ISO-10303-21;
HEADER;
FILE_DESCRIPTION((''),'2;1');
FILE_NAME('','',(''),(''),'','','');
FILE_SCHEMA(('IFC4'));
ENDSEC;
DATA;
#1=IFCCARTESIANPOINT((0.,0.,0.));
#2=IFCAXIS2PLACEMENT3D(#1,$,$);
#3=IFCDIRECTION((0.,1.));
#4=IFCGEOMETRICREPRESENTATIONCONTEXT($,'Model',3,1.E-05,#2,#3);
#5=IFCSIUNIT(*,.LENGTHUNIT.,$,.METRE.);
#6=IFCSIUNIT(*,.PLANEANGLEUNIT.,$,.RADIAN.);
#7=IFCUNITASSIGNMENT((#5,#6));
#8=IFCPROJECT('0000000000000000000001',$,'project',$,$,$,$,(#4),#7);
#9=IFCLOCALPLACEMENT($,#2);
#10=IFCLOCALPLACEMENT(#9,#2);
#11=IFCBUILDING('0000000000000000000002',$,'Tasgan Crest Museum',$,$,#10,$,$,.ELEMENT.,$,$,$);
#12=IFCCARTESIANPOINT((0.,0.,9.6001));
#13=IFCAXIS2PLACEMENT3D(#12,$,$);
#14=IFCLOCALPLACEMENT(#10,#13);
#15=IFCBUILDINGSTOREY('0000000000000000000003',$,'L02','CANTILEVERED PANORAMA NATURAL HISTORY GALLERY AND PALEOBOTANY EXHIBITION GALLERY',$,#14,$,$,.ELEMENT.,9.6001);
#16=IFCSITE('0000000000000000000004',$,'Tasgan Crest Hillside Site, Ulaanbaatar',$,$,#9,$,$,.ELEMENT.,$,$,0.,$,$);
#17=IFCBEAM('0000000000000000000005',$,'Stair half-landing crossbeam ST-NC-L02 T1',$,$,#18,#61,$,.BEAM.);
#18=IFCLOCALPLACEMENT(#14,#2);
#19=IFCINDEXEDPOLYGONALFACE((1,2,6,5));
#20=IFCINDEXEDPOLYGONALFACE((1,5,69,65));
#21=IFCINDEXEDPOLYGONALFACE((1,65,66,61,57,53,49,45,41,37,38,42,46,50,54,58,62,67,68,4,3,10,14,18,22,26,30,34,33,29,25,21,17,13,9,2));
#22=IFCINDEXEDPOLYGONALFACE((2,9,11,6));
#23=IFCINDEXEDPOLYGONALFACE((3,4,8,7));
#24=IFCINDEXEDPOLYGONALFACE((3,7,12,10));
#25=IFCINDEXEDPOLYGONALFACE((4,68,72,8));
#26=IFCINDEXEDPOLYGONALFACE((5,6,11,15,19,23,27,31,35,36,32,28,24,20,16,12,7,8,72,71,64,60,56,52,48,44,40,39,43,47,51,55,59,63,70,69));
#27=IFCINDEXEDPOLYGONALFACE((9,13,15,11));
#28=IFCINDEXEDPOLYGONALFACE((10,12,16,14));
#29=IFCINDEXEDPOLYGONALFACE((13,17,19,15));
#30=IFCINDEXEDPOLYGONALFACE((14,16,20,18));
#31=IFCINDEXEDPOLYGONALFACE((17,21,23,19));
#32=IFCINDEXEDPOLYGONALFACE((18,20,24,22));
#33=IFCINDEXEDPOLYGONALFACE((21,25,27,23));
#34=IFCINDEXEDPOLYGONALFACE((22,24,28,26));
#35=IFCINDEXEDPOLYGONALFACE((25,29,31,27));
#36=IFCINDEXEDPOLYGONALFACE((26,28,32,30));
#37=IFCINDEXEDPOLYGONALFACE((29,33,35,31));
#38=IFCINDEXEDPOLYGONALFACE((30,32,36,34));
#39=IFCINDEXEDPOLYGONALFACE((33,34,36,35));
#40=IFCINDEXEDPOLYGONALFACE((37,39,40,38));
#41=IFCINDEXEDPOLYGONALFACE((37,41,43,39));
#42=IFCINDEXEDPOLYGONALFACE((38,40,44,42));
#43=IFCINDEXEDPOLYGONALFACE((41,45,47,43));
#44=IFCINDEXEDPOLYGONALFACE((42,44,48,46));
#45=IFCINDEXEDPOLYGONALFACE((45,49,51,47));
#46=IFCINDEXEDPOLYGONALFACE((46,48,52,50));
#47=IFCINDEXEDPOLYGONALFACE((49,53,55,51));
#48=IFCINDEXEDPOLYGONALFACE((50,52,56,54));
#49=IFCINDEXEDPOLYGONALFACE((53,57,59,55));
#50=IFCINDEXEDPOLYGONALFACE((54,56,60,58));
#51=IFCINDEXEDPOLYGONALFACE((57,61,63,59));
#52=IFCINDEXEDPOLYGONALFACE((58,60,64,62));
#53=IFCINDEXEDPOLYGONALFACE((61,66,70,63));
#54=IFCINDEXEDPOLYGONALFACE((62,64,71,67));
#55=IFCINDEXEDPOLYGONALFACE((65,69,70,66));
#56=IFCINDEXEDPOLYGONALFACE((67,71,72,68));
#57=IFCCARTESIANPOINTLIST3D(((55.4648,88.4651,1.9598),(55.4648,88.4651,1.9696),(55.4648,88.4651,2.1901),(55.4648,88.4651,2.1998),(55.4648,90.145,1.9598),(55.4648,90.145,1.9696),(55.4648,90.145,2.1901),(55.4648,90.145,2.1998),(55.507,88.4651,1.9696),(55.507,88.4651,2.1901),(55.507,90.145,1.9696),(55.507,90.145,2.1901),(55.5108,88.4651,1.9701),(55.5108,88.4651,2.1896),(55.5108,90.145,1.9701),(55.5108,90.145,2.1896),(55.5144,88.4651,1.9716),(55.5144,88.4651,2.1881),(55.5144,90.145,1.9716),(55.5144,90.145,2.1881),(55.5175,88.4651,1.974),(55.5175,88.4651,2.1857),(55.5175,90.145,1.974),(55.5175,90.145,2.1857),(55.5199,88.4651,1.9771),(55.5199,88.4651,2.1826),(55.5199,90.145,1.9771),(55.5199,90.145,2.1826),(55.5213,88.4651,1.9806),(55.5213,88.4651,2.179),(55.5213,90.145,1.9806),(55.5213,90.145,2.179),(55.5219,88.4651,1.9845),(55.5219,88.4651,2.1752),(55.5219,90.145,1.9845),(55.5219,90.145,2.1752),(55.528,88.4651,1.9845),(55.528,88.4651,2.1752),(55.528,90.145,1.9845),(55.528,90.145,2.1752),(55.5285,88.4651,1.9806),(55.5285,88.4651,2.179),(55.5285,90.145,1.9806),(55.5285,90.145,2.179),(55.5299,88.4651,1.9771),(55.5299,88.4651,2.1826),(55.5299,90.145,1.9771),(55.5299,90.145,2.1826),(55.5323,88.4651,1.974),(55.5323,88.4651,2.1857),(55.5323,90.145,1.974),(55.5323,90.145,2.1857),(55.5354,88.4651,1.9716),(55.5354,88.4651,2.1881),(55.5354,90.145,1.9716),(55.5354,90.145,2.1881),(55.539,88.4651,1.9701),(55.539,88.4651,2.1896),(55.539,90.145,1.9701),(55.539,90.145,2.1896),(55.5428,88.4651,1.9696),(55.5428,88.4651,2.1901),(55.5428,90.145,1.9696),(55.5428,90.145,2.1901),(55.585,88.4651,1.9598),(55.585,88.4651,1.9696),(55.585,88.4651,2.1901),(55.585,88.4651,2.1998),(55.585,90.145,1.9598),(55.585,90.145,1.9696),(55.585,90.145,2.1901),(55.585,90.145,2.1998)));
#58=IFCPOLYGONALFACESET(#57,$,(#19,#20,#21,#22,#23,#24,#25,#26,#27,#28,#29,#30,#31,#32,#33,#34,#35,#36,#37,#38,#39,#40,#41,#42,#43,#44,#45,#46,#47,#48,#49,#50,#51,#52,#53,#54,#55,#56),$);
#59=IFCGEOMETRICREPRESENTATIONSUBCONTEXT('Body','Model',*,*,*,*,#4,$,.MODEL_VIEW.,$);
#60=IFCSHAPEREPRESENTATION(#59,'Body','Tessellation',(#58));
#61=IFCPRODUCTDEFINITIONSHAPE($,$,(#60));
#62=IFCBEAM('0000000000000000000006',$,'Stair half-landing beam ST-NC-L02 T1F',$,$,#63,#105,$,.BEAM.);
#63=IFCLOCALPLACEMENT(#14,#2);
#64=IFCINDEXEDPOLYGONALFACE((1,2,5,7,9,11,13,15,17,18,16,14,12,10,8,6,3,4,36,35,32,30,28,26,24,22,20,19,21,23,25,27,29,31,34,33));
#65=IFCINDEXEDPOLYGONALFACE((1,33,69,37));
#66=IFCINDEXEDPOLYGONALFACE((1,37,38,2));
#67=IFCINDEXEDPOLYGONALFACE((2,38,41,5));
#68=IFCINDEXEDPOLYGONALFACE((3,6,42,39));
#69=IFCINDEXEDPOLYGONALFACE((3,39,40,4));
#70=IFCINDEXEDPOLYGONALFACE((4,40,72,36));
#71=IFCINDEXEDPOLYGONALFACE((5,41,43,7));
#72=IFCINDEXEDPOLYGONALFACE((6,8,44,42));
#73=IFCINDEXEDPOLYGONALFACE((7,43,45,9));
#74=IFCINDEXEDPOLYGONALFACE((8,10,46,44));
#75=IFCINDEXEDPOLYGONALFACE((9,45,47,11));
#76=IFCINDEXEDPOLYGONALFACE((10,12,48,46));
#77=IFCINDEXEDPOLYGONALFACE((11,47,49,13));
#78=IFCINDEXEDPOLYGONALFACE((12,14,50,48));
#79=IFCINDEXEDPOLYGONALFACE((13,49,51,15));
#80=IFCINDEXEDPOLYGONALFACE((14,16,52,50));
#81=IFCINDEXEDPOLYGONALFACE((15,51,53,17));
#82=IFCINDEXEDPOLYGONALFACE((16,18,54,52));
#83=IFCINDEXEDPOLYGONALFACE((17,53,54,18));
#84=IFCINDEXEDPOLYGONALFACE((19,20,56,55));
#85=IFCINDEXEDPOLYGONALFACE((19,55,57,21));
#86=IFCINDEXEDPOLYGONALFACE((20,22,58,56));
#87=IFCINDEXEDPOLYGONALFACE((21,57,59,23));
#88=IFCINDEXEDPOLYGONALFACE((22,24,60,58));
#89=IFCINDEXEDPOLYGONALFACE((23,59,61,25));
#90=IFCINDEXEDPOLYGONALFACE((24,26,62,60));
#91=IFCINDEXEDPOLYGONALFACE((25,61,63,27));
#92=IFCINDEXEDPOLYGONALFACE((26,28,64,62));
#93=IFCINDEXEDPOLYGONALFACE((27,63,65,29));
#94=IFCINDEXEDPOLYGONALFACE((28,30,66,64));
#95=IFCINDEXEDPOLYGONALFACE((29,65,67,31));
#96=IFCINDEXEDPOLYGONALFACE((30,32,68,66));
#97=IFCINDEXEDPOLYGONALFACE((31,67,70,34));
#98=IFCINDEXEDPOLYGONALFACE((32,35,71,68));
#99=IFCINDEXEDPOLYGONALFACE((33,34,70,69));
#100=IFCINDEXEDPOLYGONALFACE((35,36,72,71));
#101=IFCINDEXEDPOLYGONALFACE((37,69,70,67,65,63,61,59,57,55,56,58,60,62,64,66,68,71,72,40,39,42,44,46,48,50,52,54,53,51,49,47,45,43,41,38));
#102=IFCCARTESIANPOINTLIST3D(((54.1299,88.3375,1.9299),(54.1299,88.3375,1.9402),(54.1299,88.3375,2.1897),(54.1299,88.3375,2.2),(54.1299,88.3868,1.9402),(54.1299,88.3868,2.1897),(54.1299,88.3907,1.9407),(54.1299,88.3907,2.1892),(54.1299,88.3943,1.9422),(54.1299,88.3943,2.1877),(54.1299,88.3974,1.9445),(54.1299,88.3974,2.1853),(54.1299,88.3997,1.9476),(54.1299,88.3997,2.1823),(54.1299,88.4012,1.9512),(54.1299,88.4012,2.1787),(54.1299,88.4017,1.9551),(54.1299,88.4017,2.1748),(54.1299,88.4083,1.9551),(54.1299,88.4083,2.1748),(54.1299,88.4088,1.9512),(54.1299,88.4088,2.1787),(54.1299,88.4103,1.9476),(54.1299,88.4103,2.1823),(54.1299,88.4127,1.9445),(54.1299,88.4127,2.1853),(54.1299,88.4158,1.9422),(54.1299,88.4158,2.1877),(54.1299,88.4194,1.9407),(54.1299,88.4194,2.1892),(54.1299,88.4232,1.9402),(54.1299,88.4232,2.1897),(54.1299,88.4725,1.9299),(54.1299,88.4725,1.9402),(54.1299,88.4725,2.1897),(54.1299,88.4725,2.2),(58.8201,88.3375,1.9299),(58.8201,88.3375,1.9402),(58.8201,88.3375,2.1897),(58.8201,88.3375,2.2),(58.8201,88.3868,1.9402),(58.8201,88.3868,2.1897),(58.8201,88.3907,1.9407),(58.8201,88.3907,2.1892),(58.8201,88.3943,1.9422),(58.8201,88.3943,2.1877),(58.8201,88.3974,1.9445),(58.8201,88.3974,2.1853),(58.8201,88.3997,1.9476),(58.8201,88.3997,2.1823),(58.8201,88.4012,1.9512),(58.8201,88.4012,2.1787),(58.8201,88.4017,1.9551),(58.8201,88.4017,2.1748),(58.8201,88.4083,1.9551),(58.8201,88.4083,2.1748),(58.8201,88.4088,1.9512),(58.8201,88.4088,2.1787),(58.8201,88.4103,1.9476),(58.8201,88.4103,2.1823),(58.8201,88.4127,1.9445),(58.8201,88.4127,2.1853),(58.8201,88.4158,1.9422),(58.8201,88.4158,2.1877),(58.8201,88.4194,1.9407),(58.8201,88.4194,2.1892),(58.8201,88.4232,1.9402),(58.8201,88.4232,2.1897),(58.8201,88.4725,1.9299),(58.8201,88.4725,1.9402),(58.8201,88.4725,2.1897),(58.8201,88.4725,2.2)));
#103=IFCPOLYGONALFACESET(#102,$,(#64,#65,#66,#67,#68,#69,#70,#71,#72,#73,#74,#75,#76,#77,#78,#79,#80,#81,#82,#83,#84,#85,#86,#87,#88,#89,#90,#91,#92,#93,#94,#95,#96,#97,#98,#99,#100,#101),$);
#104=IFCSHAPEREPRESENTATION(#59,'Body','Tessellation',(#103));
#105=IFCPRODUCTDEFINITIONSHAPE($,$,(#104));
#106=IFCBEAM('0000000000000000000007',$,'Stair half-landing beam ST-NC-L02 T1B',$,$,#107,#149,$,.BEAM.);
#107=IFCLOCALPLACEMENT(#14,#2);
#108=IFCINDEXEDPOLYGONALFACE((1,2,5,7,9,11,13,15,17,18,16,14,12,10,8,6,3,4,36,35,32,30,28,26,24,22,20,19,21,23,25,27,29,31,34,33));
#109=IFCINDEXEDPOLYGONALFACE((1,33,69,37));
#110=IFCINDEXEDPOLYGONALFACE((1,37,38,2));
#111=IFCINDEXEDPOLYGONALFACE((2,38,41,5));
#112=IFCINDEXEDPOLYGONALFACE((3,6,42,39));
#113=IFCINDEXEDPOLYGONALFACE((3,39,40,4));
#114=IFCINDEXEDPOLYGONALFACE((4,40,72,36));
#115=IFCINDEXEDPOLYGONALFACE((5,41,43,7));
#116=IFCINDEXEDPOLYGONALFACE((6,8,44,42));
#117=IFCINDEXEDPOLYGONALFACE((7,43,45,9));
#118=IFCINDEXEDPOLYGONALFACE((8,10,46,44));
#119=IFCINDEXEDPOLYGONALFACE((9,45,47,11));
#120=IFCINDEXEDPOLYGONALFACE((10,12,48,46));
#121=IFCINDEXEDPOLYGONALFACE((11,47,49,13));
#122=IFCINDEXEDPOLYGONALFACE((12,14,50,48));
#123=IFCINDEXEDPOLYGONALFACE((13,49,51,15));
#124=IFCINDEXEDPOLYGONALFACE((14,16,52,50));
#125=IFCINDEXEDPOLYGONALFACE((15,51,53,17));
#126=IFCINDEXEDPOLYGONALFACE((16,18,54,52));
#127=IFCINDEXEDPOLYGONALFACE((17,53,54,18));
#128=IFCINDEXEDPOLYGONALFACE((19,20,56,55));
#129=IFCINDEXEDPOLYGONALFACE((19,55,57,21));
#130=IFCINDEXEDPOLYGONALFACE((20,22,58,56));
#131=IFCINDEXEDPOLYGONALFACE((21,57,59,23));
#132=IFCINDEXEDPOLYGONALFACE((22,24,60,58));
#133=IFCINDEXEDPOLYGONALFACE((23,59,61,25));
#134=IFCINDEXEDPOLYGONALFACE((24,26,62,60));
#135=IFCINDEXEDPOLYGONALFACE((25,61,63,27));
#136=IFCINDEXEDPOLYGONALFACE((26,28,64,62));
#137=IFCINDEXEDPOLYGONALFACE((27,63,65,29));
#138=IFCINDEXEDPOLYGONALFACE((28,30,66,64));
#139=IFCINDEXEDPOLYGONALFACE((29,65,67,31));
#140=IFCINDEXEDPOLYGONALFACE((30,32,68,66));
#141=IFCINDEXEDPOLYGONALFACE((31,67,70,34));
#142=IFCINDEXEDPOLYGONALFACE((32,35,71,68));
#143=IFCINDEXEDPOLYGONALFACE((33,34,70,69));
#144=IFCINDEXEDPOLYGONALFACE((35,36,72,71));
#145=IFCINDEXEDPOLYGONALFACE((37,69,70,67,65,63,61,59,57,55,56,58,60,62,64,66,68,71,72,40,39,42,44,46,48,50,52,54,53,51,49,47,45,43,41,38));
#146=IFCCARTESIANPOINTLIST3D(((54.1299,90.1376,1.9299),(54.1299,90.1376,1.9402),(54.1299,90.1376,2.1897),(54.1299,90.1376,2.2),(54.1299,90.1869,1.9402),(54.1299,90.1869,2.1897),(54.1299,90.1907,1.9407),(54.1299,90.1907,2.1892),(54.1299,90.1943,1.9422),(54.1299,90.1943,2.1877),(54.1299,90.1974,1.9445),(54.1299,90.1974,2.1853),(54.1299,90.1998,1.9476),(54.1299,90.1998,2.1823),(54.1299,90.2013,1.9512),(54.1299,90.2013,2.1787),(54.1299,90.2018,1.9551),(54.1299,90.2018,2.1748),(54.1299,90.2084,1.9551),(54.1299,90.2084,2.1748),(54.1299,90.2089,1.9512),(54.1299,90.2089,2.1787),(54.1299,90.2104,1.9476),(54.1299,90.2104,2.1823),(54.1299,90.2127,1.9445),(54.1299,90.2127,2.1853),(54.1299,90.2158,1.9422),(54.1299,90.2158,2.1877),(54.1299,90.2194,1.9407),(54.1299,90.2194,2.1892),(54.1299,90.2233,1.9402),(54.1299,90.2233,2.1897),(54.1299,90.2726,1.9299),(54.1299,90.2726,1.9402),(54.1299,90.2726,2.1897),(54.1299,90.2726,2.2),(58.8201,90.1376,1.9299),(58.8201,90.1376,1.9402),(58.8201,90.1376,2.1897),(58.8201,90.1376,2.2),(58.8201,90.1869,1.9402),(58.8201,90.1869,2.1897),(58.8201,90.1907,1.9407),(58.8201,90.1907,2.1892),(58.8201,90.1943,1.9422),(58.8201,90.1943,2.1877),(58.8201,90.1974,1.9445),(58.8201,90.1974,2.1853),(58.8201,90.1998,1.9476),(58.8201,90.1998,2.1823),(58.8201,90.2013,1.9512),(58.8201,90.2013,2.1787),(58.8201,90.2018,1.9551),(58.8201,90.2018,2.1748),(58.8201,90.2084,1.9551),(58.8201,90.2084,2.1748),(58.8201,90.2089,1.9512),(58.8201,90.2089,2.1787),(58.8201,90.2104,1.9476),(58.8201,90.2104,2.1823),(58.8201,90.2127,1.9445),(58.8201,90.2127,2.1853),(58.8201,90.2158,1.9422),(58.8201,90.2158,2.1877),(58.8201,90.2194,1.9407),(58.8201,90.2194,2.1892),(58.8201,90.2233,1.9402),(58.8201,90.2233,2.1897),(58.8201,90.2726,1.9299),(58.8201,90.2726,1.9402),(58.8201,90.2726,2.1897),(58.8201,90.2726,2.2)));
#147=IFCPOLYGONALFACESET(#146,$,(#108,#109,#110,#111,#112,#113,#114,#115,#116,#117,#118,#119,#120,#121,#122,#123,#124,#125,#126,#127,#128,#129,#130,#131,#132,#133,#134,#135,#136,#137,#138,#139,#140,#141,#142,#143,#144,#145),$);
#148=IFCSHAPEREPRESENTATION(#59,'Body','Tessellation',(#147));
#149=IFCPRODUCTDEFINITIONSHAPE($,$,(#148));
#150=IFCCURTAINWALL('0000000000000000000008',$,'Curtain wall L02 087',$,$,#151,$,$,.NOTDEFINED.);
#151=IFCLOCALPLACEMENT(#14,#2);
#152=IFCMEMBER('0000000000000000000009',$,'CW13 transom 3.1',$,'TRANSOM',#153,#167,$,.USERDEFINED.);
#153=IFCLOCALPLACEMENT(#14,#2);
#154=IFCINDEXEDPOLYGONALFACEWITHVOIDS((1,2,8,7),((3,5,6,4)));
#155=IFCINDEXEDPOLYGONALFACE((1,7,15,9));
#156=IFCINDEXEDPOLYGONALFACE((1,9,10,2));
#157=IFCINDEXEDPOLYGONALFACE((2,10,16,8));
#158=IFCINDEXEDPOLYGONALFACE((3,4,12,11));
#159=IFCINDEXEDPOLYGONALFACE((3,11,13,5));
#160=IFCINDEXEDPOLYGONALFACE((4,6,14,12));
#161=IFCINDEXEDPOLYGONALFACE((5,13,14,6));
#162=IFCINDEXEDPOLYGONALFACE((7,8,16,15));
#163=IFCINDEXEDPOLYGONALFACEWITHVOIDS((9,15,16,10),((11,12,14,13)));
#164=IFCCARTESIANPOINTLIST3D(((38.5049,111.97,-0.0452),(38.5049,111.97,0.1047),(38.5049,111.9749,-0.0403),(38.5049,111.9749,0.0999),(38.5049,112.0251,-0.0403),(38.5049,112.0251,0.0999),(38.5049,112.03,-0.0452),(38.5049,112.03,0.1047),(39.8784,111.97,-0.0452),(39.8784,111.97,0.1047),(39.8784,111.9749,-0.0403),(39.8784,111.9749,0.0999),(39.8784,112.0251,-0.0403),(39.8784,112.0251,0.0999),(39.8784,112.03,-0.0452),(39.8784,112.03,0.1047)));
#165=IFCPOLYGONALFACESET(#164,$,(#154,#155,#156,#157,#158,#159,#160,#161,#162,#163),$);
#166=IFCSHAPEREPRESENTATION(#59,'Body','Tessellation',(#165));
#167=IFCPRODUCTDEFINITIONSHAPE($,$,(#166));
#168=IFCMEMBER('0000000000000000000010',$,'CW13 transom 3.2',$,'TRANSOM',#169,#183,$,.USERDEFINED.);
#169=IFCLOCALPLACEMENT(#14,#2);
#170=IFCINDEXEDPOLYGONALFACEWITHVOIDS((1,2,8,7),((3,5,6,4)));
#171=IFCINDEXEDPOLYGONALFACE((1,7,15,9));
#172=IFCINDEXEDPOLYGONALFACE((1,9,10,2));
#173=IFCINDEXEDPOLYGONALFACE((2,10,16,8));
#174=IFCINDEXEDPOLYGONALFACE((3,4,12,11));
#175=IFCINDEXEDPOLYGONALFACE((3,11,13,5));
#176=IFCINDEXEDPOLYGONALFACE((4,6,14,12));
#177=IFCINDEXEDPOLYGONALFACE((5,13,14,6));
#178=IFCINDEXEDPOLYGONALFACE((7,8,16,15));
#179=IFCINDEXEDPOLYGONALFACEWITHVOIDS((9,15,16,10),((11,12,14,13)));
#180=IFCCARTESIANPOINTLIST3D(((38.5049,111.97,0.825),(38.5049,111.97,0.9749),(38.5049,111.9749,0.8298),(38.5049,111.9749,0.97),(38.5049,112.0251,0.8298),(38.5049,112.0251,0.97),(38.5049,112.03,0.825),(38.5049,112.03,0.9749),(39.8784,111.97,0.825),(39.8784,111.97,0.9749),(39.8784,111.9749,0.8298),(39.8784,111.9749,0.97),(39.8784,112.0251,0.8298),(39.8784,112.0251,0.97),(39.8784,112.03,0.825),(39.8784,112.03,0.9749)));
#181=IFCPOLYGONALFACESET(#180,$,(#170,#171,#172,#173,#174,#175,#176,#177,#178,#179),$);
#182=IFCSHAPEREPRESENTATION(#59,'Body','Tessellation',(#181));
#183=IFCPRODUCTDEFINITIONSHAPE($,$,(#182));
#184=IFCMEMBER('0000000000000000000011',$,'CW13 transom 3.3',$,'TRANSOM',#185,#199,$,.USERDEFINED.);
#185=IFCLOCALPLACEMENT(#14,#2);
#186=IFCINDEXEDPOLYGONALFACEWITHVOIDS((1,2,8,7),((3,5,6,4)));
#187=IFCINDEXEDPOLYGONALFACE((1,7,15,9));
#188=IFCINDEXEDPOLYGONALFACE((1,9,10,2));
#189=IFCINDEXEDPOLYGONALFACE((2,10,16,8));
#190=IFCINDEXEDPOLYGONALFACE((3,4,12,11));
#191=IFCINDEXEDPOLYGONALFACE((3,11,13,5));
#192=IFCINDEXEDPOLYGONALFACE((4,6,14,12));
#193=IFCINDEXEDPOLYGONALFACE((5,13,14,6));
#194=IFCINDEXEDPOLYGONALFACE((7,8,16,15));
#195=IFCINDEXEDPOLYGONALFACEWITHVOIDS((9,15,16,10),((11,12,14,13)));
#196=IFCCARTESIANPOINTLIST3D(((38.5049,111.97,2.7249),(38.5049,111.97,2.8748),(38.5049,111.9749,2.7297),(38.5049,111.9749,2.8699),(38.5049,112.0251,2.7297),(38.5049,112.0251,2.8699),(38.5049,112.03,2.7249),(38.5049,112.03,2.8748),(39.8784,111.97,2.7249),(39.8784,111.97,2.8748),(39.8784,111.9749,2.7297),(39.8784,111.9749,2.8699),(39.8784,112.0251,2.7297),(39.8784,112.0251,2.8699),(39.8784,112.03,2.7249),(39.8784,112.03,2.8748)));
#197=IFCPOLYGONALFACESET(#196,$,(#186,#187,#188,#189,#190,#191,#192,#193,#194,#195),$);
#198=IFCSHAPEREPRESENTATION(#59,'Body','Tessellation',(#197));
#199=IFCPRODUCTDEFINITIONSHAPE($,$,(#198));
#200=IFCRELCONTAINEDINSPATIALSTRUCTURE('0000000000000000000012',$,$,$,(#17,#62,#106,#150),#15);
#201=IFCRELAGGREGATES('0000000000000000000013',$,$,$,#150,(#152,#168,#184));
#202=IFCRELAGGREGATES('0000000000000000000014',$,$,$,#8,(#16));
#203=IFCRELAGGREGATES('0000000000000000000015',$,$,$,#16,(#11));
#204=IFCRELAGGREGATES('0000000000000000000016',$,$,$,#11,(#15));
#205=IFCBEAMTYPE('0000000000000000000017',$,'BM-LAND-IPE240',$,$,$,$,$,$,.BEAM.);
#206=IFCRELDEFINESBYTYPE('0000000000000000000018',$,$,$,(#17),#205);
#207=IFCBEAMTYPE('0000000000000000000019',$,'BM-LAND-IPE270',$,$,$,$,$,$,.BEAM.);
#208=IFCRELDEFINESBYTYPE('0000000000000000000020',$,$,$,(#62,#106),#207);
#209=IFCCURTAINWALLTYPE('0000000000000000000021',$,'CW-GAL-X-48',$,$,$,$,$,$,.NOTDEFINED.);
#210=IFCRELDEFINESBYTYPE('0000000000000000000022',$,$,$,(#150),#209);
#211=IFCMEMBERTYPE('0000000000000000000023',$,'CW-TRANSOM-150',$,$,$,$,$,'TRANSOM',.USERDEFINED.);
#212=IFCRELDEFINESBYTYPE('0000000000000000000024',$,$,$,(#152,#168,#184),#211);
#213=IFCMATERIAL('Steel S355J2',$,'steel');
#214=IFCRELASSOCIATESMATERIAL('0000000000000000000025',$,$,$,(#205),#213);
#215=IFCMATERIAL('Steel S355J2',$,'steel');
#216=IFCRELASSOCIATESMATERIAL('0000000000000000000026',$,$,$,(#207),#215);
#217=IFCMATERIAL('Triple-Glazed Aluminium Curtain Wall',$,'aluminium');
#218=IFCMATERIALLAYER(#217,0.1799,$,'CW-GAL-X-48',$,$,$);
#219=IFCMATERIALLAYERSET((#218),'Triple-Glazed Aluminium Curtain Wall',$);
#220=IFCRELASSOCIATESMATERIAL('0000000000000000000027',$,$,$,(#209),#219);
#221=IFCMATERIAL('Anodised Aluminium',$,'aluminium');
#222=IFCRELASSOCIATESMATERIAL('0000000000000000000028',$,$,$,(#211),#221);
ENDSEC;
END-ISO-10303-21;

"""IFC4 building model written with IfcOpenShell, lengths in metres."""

from ifc_helpers import new_model, si_unit, direction, frame, origin, origin_2d, place, context, subcontext, project, spatial, hollow_rectangle, i_section, extrude, material, layer, layer_set, material_profile, profile_set, type_object, element, aggregate, save


model = new_model("IFC4")

# Units and contexts
model_context = context("Model", 3, precision=1e-05, world=origin(), true_north=direction((0.0, 1.0)))
body_context = subcontext(model_context, "Body", "Model", "MODEL_VIEW")
ifc_project = project(units=[si_unit("LENGTHUNIT", "METRE"), si_unit("PLANEANGLEUNIT", "RADIAN")], contexts=[model_context])

# Site, building, storey
site_placement = place(None, origin())
site = spatial("IfcSite", under=ifc_project, at=site_placement, Name="Tasgan Crest Hillside Site, Ulaanbaatar", CompositionType="ELEMENT", RefElevation=0.0)
building_placement = place(site_placement, origin())
building = spatial("IfcBuilding", under=site, at=building_placement, Name="Tasgan Crest Museum", CompositionType="ELEMENT")
storey_placement = place(building_placement, frame((0.0, 0.0, 9.6001)))
storey = spatial("IfcBuildingStorey", under=building, at=storey_placement, Name="L02", Description="CANTILEVERED PANORAMA NATURAL HISTORY GALLERY AND PALEOBOTANY EXHIBITION GALLERY", CompositionType="ELEMENT", Elevation=9.6001)

# Beams
ifc_material_1 = material(Name="Steel S355J2", Category="steel")
ifc_material_profile_1 = material_profile(ifc_material_1, i_section(OverallWidth=0.1201, OverallDepth=0.24, WebThickness=0.0061, FlangeThickness=0.0098, FilletRadius=0.0149, at=origin_2d()), Name="IPE 240")
ifc_profile_set_1 = profile_set([ifc_material_profile_1], Name="Steel S355J2")
beam_type_1 = type_object("IfcBeamType", Name="BM-LAND-IPE240", PredefinedType="BEAM", material=ifc_profile_set_1)
beam_1_placement = place(storey_placement, frame((55.5249, 88.4651, 2.0798), z_axis=(0.0, 1.0, 0.0), x_axis=(-1.0, 0.0, 0.0)))
element("IfcBeam", 1, at=beam_1_placement, inside=storey, type_object=beam_type_1, Name="Stair half-landing crossbeam ST-NC-L02 T1", PredefinedType="BEAM", context=body_context, shape_type="SweptSolid", body=[
    extrude(i_section(OverallWidth=0.1201, OverallDepth=0.24, WebThickness=0.0061, FlangeThickness=0.0098, FilletRadius=0.0149, at=origin_2d()), origin(), (0.0, 0.0, 1.0), 1.6799),
])
ifc_material_2 = material(Name="Steel S355J2", Category="steel")
ifc_material_profile_2 = material_profile(ifc_material_2, i_section(OverallWidth=0.135, OverallDepth=0.27, WebThickness=0.0066, FlangeThickness=0.0103, FilletRadius=0.0149, at=origin_2d()), Name="IPE 270")
ifc_profile_set_2 = profile_set([ifc_material_profile_2], Name="Steel S355J2")
beam_type_2 = type_object("IfcBeamType", Name="BM-LAND-IPE270", PredefinedType="BEAM", material=ifc_profile_set_2)
for number, where, z_axis, x_axis, name in (
    (2, (54.1299, 88.405, 2.0649), (1.0, 0.0, 0.0), (0.0, 1.0, 0.0), "Stair half-landing beam ST-NC-L02 T1F"),
    (3, (54.1299, 90.2051, 2.0649), (1.0, 0.0, 0.0), (0.0, 1.0, 0.0), "Stair half-landing beam ST-NC-L02 T1B"),
):
    element("IfcBeam", number, at=place(storey_placement, frame(where, z_axis=z_axis, x_axis=x_axis)), inside=storey, type_object=beam_type_2, Name=name, PredefinedType="BEAM", context=body_context, shape_type="SweptSolid", body=[
        extrude(i_section(OverallWidth=0.135, OverallDepth=0.27, WebThickness=0.0066, FlangeThickness=0.0103, FilletRadius=0.0149, at=origin_2d()), origin(), (0.0, 0.0, 1.0), 4.6902),
    ])

# Curtain wall, members
ifc_material_3 = material(Name="Triple-Glazed Aluminium Curtain Wall", Category="aluminium")
ifc_layer_1 = layer(ifc_material_3, 0.1799, Name="CW-GAL-X-48")
ifc_layer_set_1 = layer_set([ifc_layer_1], Name="Triple-Glazed Aluminium Curtain Wall")
curtain_wall_type = type_object("IfcCurtainWallType", Name="CW-GAL-X-48", PredefinedType="NOTDEFINED", material=ifc_layer_set_1)
curtain_wall_placement = place(storey_placement, origin())
curtain_wall = element("IfcCurtainWall", 4, at=curtain_wall_placement, inside=storey, type_object=curtain_wall_type, Name="Curtain wall L02 087", PredefinedType="NOTDEFINED")
ifc_material_4 = material(Name="Anodised Aluminium", Category="aluminium")
ifc_material_profile_3 = material_profile(ifc_material_4, hollow_rectangle(XDim=0.0601, YDim=0.1499, WallThickness=0.0049, at=origin_2d()), Name="ALU TRANSOM 150x60x5")
ifc_profile_set_3 = profile_set([ifc_material_profile_3], Name="Anodised Aluminium")
member_type = type_object("IfcMemberType", Name="CW-TRANSOM-150", ElementType="TRANSOM", PredefinedType="USERDEFINED", material=ifc_profile_set_3)
member_1_placement = place(storey_placement, frame((39.8784, 112.0, 0.0298), z_axis=(-1.0, 0.0, 0.0), x_axis=(0.0, -1.0, 0.0)))
member_1 = element("IfcMember", 5, at=member_1_placement, type_object=member_type, Name="CW13 transom 3.1", ObjectType="TRANSOM", PredefinedType="USERDEFINED", context=body_context, shape_type="SweptSolid", body=[
    extrude(hollow_rectangle(XDim=0.0601, YDim=0.1499, WallThickness=0.0049, at=origin_2d()), origin(), (0.0, 0.0, 1.0), 1.3735),
])
member_2_placement = place(storey_placement, frame((39.8784, 112.0, 0.8999), z_axis=(-1.0, 0.0, 0.0), x_axis=(0.0, -1.0, 0.0)))
member_2 = element("IfcMember", 6, at=member_2_placement, type_object=member_type, Name="CW13 transom 3.2", ObjectType="TRANSOM", PredefinedType="USERDEFINED", context=body_context, shape_type="SweptSolid", body=[
    extrude(hollow_rectangle(XDim=0.0601, YDim=0.1499, WallThickness=0.0049, at=origin_2d()), origin(), (0.0, 0.0, 1.0), 1.3735),
])
member_3_placement = place(storey_placement, frame((39.8784, 112.0, 2.7998), z_axis=(-1.0, 0.0, 0.0), x_axis=(0.0, -1.0, 0.0)))
member_3 = element("IfcMember", 7, at=member_3_placement, type_object=member_type, Name="CW13 transom 3.3", ObjectType="TRANSOM", PredefinedType="USERDEFINED", context=body_context, shape_type="SweptSolid", body=[
    extrude(hollow_rectangle(XDim=0.0601, YDim=0.1499, WallThickness=0.0049, at=origin_2d()), origin(), (0.0, 0.0, 1.0), 1.3735),
])
aggregate(curtain_wall, [member_1, member_2, member_3])

save(model, "model.ifc")
